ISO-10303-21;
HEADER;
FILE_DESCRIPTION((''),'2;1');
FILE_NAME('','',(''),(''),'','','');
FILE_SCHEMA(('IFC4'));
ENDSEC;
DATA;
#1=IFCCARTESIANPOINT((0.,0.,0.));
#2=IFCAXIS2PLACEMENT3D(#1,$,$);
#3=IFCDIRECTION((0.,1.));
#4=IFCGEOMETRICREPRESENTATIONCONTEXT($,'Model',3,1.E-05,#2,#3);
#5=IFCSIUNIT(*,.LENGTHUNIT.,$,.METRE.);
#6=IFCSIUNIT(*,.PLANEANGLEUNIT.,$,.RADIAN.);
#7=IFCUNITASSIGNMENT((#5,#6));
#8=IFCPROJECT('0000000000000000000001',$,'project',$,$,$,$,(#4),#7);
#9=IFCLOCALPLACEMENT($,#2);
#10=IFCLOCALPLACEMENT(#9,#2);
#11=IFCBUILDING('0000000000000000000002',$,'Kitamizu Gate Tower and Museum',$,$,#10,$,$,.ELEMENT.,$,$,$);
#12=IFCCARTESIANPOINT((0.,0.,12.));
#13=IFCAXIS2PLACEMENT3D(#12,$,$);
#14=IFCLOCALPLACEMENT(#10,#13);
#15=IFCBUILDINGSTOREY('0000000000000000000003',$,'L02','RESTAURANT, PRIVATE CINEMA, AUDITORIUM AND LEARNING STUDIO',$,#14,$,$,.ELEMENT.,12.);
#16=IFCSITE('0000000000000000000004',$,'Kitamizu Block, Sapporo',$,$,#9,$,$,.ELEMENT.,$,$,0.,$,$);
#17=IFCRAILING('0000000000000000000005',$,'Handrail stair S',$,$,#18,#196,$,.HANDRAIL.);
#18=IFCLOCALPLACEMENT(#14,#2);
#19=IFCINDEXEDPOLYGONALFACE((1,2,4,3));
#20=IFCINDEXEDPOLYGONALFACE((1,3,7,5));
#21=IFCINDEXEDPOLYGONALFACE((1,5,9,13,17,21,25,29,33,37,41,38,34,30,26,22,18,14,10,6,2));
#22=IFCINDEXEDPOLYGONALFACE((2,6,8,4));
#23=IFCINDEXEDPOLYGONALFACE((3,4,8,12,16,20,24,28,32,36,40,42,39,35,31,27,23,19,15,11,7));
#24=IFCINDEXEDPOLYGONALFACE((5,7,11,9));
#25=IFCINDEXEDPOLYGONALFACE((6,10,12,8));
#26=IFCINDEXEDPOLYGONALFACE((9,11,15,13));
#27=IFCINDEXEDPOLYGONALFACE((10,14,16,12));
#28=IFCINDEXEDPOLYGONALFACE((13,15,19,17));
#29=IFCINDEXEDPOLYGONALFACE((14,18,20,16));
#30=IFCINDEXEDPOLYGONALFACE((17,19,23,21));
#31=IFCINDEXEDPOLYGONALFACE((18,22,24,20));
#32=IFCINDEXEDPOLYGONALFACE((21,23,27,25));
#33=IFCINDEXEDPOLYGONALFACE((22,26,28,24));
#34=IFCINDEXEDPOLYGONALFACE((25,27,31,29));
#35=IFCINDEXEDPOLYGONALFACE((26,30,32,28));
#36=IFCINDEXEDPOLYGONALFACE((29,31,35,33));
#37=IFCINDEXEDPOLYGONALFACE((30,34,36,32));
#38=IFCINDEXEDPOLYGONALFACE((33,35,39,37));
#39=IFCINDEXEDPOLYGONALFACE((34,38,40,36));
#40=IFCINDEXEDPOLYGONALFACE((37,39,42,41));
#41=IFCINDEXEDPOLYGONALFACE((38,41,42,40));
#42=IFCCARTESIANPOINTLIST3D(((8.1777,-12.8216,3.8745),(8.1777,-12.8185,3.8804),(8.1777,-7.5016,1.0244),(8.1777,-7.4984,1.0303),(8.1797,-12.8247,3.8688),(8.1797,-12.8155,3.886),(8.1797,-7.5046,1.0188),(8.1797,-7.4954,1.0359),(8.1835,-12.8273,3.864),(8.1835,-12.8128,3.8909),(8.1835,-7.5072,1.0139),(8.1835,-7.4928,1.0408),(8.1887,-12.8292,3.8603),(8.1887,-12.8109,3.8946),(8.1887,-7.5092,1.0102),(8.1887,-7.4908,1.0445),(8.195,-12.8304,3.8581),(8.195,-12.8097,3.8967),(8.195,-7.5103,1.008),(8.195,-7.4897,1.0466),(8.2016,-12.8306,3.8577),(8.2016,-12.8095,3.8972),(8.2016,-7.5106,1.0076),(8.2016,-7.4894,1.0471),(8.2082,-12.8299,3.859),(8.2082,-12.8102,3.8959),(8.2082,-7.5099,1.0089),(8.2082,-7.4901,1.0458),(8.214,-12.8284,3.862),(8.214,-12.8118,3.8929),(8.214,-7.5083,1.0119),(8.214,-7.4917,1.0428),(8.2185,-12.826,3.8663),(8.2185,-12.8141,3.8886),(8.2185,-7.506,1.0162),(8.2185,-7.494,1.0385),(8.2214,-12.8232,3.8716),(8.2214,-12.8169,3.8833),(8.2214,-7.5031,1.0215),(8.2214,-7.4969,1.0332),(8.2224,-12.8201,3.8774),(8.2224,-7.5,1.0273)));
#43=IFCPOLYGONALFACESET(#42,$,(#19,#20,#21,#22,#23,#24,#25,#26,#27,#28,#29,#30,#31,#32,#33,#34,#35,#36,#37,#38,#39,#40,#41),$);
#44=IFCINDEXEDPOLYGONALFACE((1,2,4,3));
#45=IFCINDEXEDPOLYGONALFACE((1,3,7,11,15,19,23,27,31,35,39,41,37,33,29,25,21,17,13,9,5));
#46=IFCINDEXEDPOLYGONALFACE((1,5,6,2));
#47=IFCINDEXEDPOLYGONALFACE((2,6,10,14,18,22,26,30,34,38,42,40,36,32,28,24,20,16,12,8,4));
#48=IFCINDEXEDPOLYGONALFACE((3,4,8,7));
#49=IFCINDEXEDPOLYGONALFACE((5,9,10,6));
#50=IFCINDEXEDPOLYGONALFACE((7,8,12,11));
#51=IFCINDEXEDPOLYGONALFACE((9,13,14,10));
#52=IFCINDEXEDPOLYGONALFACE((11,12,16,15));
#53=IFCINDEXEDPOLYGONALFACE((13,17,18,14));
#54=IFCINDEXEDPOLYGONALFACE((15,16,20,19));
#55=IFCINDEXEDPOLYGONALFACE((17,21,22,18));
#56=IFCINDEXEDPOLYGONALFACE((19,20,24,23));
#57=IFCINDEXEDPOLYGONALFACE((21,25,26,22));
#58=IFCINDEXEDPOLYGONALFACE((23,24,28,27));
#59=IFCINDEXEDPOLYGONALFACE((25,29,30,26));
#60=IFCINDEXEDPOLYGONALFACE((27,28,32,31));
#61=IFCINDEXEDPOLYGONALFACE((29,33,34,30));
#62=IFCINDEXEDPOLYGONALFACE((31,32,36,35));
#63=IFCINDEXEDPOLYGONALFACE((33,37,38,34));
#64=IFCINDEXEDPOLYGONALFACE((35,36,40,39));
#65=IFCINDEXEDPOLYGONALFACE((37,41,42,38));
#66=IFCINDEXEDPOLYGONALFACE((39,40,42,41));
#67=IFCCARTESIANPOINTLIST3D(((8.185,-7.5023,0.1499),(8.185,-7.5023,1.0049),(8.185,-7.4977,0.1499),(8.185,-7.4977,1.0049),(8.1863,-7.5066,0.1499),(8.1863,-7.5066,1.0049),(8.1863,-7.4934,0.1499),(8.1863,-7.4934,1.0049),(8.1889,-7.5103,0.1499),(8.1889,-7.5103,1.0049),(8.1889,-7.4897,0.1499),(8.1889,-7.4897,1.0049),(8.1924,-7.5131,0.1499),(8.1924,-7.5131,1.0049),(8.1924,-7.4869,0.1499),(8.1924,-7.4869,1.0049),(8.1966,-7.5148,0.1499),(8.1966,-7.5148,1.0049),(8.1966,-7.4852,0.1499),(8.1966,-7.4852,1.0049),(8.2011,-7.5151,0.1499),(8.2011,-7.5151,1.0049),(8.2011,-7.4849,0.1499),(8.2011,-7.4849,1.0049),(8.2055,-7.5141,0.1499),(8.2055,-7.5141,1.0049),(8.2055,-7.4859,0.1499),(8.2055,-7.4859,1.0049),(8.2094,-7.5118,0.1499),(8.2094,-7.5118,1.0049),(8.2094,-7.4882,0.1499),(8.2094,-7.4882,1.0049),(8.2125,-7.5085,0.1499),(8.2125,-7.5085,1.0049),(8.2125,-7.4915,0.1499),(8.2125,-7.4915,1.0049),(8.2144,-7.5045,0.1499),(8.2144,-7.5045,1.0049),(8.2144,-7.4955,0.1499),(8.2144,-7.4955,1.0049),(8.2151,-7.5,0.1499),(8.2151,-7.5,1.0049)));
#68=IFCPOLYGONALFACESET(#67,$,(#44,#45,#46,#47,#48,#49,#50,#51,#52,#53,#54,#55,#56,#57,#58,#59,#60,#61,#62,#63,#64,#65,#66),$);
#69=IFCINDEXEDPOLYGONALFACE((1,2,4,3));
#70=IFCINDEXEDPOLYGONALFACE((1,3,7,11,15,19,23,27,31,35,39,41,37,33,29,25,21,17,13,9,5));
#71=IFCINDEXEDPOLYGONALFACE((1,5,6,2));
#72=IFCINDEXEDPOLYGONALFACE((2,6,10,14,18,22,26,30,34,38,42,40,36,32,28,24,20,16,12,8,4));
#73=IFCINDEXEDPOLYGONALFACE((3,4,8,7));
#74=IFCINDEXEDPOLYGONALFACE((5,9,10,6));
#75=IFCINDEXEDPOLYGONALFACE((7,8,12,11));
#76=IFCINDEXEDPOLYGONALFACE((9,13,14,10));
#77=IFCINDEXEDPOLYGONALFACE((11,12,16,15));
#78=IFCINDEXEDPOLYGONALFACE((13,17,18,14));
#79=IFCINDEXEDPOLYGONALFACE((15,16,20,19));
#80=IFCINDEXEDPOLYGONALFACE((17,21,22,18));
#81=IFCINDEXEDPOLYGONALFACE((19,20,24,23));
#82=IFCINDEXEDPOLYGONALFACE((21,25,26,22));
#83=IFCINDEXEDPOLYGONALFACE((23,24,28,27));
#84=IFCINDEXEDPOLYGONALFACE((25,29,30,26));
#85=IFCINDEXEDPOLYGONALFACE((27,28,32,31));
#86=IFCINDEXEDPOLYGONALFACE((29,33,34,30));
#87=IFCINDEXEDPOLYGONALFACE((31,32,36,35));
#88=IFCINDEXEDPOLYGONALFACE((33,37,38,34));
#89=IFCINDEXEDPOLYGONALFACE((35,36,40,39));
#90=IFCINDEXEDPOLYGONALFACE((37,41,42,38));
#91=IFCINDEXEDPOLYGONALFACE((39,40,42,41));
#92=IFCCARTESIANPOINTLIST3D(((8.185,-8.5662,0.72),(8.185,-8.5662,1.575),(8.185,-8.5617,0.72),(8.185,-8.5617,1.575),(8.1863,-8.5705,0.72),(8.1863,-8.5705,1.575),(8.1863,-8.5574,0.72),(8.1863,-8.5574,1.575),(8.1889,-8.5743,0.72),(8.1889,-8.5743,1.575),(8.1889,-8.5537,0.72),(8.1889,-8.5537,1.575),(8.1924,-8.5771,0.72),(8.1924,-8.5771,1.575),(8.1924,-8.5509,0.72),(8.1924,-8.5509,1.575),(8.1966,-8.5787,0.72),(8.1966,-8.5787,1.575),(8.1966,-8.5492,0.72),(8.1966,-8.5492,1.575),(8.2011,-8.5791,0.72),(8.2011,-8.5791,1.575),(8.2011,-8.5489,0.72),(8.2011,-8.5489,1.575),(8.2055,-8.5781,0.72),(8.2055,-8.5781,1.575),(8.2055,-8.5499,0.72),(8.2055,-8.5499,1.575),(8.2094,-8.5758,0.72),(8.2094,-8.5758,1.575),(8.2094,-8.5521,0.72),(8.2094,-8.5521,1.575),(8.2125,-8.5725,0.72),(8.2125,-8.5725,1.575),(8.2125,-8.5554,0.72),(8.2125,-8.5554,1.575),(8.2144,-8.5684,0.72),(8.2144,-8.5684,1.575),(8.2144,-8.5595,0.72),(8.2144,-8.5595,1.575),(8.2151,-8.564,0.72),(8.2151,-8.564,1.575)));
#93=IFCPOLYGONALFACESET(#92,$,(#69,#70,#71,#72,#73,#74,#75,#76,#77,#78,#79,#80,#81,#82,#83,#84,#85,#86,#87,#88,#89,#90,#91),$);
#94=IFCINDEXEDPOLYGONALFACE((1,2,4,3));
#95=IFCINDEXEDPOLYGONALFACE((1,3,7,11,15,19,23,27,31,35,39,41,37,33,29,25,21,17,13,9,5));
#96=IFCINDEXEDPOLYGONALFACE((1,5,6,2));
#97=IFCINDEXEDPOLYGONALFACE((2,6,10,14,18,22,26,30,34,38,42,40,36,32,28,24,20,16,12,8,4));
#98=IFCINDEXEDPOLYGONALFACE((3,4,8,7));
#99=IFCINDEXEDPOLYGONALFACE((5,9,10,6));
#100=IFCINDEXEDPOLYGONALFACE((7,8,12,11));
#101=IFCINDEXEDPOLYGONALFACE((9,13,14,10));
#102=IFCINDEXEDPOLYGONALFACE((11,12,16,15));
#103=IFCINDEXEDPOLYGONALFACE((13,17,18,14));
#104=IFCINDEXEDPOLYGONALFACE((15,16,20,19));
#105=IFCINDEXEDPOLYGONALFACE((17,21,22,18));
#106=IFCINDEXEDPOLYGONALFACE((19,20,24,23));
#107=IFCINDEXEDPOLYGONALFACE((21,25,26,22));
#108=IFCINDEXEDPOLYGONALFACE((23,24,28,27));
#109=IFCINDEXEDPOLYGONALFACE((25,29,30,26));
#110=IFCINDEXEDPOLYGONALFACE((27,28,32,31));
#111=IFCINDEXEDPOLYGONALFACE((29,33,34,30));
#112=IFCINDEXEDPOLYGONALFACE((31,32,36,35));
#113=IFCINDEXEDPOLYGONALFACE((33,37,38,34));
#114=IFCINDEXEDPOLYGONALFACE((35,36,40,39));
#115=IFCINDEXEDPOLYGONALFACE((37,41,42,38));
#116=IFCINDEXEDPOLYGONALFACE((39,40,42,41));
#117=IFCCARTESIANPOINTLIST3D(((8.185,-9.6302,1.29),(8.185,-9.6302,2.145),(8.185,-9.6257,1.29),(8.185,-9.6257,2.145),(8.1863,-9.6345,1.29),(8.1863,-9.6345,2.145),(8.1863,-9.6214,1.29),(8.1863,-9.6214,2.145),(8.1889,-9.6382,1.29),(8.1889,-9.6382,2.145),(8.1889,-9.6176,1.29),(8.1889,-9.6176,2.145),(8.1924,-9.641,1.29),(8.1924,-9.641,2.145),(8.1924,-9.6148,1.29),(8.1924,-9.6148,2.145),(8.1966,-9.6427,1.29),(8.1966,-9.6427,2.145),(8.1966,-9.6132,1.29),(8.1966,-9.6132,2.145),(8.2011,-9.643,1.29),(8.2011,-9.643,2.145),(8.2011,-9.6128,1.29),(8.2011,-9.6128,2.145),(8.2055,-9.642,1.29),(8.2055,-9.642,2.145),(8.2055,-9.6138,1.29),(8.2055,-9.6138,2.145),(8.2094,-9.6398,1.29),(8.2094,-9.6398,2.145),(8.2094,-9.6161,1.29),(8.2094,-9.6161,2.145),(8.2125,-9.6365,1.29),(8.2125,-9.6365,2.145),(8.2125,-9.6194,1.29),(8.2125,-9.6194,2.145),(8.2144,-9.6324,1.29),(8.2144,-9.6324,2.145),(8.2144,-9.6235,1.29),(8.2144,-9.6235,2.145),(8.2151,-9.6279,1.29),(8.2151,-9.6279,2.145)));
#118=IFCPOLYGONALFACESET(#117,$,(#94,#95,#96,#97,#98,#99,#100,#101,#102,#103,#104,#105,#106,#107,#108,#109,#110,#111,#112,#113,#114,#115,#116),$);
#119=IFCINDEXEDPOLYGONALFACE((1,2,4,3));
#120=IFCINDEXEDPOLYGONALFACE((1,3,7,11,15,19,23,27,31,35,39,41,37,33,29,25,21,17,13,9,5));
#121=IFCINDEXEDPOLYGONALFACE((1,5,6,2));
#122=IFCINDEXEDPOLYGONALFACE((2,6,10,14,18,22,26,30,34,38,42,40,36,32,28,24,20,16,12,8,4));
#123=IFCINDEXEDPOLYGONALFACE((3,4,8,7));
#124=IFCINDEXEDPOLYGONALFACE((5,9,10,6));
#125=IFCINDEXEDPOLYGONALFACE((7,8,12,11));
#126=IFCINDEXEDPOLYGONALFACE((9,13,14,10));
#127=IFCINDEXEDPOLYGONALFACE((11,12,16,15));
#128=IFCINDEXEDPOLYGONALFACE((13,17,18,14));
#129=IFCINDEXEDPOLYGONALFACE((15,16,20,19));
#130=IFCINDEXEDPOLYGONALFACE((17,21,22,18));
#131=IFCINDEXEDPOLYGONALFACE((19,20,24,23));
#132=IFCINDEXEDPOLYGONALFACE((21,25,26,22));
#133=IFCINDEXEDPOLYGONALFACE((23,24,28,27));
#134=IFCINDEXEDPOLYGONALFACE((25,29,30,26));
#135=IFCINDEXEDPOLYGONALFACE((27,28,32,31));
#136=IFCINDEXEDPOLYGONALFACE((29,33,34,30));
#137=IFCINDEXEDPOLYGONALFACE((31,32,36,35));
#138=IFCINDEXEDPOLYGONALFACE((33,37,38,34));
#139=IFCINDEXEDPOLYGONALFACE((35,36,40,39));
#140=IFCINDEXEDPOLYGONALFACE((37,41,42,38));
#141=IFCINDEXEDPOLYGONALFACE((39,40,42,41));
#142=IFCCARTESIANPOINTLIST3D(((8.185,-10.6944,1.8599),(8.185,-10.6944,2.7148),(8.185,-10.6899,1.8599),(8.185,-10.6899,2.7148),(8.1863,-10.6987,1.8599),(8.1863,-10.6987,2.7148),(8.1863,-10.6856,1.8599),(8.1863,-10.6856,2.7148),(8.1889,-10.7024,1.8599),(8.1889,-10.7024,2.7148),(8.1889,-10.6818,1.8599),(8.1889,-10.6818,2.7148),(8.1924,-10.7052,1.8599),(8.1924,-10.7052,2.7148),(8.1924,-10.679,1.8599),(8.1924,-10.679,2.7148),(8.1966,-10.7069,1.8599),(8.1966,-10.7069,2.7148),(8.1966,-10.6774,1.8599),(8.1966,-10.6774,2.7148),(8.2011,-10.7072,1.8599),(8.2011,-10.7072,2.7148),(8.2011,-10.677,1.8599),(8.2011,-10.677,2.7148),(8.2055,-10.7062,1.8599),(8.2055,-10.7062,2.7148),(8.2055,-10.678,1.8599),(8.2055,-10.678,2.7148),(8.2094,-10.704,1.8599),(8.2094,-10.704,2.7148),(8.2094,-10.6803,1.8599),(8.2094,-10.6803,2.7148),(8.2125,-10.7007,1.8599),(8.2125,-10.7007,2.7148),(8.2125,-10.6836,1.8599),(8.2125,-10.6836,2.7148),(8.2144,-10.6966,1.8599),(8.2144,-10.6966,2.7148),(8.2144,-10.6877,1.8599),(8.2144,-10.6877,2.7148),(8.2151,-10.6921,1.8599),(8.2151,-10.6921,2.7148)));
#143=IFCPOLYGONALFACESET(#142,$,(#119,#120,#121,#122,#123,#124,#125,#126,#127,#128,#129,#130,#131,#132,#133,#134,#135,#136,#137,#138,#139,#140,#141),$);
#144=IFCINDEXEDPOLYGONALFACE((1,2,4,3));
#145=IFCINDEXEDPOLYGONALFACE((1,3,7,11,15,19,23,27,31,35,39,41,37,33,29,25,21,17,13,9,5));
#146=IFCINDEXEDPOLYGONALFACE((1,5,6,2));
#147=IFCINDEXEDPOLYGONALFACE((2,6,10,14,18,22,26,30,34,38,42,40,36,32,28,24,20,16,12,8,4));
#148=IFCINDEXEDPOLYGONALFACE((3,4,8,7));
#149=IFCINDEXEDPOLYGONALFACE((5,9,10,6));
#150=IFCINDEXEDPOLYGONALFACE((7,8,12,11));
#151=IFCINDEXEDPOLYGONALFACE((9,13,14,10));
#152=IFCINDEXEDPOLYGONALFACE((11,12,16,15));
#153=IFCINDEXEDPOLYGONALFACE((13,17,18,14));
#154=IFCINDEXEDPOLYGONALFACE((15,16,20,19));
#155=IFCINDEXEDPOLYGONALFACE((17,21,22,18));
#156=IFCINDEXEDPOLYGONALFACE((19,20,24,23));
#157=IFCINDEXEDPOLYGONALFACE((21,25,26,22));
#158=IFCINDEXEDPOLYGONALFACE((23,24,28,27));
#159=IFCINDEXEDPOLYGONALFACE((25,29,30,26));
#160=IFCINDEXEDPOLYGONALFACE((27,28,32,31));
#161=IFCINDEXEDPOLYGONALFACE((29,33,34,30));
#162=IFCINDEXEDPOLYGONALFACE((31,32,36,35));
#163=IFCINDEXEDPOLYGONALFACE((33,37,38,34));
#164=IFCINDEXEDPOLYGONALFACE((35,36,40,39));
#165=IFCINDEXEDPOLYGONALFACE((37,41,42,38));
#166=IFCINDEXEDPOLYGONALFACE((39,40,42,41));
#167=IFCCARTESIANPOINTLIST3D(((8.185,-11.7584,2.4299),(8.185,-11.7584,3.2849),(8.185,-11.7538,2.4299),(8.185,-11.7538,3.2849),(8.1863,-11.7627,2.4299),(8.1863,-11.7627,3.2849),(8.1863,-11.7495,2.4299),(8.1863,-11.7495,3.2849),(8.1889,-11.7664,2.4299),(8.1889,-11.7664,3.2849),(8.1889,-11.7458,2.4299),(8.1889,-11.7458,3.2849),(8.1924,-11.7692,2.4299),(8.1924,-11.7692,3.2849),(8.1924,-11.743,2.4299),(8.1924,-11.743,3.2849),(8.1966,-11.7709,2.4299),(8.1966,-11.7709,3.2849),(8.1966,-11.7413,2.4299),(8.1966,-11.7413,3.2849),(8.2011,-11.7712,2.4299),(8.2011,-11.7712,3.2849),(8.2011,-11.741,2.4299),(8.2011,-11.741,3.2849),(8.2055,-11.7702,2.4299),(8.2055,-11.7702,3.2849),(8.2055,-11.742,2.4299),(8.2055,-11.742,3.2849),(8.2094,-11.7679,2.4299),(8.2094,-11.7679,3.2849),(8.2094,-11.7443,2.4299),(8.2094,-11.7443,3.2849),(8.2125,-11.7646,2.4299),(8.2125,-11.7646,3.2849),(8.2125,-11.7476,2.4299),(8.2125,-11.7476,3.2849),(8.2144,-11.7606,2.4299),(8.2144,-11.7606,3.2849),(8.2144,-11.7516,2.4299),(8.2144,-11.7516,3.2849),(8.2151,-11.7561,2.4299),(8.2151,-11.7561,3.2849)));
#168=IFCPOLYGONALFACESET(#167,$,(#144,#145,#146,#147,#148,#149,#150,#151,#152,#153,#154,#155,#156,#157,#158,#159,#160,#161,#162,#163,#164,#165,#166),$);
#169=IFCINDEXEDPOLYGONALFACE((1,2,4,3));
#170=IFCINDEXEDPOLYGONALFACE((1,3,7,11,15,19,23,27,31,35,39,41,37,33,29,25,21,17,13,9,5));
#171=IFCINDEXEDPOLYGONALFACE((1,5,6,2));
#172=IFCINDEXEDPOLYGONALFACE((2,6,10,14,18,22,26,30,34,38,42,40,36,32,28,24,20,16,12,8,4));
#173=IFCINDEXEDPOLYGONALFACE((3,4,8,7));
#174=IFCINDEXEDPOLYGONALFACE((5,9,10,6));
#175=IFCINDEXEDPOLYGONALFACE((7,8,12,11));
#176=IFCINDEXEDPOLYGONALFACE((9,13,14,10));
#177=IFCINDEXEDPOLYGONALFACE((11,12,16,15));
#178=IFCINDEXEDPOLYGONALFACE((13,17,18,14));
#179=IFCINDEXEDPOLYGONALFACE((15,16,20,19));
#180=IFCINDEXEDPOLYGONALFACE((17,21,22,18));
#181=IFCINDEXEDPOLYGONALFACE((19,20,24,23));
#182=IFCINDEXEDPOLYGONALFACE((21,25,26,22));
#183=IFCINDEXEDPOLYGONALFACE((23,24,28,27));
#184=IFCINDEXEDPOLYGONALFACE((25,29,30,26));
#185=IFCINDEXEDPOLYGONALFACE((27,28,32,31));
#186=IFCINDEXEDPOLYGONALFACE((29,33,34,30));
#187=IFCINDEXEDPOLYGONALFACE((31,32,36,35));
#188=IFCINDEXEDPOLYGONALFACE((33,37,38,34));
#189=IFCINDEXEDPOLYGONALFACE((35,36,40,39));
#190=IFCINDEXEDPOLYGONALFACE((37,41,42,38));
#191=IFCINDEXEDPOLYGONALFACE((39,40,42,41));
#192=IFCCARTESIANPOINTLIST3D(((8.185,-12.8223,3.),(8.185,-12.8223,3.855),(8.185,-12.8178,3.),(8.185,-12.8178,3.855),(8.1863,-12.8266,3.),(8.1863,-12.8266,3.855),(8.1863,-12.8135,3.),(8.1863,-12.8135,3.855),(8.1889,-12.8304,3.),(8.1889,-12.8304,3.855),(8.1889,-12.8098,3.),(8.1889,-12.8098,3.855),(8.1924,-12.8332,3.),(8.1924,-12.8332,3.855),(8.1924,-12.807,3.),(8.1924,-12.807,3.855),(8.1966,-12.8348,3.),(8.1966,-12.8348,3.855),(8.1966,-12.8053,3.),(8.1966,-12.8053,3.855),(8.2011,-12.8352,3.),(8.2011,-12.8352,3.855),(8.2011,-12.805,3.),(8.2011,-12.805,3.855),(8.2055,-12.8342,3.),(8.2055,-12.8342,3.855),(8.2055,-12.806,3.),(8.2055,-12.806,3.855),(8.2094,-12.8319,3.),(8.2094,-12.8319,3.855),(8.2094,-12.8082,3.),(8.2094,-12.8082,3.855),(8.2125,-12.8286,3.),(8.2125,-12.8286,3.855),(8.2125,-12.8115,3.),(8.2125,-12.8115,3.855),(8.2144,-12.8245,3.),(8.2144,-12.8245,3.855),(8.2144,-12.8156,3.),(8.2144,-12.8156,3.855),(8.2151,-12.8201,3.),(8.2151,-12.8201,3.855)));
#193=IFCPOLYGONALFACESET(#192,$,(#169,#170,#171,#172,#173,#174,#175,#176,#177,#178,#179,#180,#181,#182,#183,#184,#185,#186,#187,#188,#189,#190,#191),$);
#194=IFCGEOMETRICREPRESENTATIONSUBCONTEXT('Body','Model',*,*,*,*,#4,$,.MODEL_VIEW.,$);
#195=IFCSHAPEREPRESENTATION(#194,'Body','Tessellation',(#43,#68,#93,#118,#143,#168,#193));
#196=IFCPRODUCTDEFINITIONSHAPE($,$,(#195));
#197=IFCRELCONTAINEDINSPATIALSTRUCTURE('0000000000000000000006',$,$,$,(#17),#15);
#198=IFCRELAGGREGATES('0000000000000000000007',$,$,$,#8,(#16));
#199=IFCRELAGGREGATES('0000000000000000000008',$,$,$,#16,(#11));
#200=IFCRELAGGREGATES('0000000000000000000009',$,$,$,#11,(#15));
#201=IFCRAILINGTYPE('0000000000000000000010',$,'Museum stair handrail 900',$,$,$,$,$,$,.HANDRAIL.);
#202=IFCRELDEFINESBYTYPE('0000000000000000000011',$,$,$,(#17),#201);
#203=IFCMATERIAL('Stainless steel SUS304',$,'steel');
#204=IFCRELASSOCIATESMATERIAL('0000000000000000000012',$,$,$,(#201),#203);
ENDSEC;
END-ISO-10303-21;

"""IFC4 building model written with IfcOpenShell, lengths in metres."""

from ifc_helpers import new_model, si_unit, direction, frame, origin, origin_2d, place, context, subcontext, project, spatial, circle, extrude, material, type_object, element, save


model = new_model("IFC4")

# Units and contexts
model_context = context("Model", 3, precision=1e-05, world=origin(), true_north=direction((0.0, 1.0)))
body_context = subcontext(model_context, "Body", "Model", "MODEL_VIEW")
ifc_project = project(units=[si_unit("LENGTHUNIT", "METRE"), si_unit("PLANEANGLEUNIT", "RADIAN")], contexts=[model_context])

# Site, building, storey
site_placement = place(None, origin())
site = spatial("IfcSite", under=ifc_project, at=site_placement, Name="Kitamizu Block, Sapporo", CompositionType="ELEMENT", RefElevation=0.0)
building_placement = place(site_placement, origin())
building = spatial("IfcBuilding", under=site, at=building_placement, Name="Kitamizu Gate Tower and Museum", CompositionType="ELEMENT")
storey_placement = place(building_placement, frame((0.0, 0.0, 12.0)))
storey = spatial("IfcBuildingStorey", under=building, at=storey_placement, Name="L02", Description="RESTAURANT, PRIVATE CINEMA, AUDITORIUM AND LEARNING STUDIO", CompositionType="ELEMENT", Elevation=12.0)

# Railing
ifc_material_1 = material(Name="Stainless steel SUS304", Category="steel")
railing_type = type_object("IfcRailingType", Name="Museum stair handrail 900", PredefinedType="HANDRAIL", material=ifc_material_1)
railing_placement = place(storey_placement, frame((8.2, -7.5, 0.1499)))
element("IfcRailing", 1, at=railing_placement, inside=storey, type_object=railing_type, Name="Handrail stair S", PredefinedType="HANDRAIL", context=body_context, shape_type="SweptSolid", body=[
    extrude(circle(Radius=0.0225, at=origin_2d()), frame((0.0, 0.0, 0.8774), z_axis=(0.0, -0.881476, 0.472229), x_axis=(1.0, 0.0, 0.0)), (0.0, 0.0, 1.0), 6.0354),
    extrude(circle(Radius=0.0151, at=origin_2d()), origin(), (0.0, 0.0, 1.0), 0.855),
    extrude(circle(Radius=0.0151, at=origin_2d()), frame((0.0, -1.064, 0.5701)), (0.0, 0.0, 1.0), 0.855),
    extrude(circle(Radius=0.0151, at=origin_2d()), frame((0.0, -2.1279, 1.1401)), (0.0, 0.0, 1.0), 0.855),
    extrude(circle(Radius=0.0151, at=origin_2d()), frame((0.0, -3.1921, 1.71)), (0.0, 0.0, 1.0), 0.855),
    extrude(circle(Radius=0.0151, at=origin_2d()), frame((0.0, -4.2561, 2.28)), (0.0, 0.0, 1.0), 0.855),
    extrude(circle(Radius=0.0151, at=origin_2d()), frame((0.0, -5.3201, 2.8501)), (0.0, 0.0, 1.0), 0.855),
])

save(model, "model.ifc")
